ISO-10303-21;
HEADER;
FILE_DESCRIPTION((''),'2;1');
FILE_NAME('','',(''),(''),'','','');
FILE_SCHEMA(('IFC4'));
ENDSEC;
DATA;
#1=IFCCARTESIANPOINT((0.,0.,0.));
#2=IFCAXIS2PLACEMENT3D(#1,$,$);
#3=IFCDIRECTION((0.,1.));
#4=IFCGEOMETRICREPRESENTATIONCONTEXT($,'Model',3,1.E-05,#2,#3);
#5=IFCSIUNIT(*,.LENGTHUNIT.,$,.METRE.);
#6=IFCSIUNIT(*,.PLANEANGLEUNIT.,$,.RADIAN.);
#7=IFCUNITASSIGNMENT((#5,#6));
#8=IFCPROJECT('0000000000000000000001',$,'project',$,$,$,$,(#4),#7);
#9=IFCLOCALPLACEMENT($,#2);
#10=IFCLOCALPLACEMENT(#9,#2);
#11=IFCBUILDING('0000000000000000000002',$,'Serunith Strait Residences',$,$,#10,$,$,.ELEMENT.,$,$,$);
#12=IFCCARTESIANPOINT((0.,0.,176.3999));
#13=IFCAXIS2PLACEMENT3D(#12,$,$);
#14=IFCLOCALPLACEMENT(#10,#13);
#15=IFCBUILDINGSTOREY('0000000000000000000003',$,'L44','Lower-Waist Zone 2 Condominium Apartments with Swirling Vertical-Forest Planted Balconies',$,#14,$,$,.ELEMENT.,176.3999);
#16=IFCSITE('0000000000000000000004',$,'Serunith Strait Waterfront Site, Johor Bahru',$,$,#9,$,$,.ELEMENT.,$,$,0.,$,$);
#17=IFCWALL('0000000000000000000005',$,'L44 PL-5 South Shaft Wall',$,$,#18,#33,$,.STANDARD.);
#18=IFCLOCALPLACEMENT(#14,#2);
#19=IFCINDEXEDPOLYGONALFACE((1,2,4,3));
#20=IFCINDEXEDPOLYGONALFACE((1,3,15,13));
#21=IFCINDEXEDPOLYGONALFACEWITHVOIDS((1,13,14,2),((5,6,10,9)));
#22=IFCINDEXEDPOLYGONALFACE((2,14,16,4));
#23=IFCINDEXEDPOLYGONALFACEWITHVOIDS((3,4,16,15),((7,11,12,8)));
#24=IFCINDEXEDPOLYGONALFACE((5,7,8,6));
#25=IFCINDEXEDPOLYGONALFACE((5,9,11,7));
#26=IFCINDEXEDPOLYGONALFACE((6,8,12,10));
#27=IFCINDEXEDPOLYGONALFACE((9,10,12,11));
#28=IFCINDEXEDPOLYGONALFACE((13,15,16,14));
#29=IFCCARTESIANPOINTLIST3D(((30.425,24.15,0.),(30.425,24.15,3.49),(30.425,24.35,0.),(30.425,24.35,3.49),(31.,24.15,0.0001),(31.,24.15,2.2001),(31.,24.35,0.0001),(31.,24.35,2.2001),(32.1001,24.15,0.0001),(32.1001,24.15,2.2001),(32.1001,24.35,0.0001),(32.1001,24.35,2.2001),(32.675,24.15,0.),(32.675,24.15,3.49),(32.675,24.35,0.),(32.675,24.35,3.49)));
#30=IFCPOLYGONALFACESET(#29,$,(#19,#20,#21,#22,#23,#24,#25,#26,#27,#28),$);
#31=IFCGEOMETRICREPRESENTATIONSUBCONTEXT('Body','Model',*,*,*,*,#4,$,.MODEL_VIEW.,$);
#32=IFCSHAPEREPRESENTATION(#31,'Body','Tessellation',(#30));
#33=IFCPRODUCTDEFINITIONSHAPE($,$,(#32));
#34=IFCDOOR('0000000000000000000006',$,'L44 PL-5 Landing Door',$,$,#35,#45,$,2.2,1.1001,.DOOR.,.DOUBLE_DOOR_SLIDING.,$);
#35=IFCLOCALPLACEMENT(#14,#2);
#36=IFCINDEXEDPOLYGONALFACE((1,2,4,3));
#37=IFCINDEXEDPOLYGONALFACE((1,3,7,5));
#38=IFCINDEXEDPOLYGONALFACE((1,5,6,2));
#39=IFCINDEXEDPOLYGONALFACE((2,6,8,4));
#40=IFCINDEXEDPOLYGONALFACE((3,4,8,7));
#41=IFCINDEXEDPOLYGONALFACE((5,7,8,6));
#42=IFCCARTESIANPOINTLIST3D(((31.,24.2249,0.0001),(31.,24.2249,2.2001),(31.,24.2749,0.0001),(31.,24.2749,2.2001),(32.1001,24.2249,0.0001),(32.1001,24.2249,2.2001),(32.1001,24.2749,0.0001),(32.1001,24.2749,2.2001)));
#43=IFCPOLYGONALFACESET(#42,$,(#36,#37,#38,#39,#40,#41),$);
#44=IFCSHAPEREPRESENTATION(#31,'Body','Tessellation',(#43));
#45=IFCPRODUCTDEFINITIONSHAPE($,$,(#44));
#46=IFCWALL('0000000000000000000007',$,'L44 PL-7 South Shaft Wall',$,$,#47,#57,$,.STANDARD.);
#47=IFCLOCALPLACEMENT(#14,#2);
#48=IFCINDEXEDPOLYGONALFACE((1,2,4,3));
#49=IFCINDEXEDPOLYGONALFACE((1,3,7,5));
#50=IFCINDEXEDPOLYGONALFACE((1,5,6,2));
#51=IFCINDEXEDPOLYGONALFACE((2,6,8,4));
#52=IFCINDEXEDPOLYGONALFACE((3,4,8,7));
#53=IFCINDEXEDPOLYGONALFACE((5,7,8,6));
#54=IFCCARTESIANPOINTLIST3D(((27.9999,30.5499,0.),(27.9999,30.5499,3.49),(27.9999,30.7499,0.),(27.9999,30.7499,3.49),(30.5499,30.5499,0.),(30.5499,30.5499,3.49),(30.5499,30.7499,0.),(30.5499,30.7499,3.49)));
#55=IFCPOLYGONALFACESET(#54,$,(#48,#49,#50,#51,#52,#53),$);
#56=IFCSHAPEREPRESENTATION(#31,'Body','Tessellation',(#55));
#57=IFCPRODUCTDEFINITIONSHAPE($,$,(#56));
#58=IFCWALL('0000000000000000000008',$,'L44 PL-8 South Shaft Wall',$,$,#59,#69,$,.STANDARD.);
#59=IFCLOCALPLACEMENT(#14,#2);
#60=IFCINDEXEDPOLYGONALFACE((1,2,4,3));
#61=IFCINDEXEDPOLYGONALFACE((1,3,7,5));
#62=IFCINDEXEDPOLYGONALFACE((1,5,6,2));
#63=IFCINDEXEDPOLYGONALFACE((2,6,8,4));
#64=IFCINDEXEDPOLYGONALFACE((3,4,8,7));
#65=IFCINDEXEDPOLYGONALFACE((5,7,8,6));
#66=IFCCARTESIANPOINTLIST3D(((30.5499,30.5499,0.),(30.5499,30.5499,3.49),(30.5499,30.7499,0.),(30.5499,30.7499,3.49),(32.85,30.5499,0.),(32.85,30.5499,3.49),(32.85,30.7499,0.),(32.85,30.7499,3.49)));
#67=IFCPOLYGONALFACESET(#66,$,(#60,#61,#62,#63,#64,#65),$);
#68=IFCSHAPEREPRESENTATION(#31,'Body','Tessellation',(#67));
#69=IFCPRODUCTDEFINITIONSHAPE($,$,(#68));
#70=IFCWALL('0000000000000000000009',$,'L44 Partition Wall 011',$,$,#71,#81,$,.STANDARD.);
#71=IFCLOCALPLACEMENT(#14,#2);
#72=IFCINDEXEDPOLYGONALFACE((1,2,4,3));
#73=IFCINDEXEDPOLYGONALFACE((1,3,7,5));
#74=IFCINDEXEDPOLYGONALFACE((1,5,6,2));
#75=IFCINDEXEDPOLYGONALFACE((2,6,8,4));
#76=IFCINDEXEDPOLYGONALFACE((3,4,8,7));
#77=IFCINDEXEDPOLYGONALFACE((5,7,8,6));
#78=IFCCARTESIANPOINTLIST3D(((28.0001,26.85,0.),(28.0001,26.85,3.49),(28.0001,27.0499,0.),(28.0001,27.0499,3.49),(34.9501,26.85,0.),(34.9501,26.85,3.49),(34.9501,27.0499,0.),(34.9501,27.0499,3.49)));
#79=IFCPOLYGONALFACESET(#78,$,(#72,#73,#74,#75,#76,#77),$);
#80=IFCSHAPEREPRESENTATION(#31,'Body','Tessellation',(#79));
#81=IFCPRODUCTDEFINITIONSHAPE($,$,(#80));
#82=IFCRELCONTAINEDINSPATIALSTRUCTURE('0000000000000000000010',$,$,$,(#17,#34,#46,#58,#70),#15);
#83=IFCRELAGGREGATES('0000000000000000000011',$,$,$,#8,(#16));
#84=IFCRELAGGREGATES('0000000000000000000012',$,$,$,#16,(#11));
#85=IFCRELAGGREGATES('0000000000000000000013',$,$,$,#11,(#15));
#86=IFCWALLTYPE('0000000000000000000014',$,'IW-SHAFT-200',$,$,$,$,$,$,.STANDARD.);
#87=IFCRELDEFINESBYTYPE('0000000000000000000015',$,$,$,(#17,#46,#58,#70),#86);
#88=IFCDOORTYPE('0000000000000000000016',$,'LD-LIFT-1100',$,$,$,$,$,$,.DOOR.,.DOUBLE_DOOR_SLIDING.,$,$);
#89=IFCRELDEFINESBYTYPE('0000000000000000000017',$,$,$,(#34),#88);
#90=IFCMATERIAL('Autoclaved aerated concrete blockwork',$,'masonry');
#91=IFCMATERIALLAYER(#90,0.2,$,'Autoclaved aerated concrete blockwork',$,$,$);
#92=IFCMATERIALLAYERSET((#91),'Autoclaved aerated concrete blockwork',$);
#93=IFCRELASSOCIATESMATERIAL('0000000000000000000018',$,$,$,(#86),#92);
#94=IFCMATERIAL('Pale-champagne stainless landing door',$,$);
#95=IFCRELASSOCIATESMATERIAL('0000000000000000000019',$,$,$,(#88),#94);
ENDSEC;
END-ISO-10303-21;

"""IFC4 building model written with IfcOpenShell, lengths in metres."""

from ifc_helpers import new_model, si_unit, direction, frame, frame_2d, origin, place, context, subcontext, project, spatial, rectangle, extrude, source, transform, mapped, material, layer, layer_set, type_object, element, fill, save


model = new_model("IFC4")

# Units and contexts
model_context = context("Model", 3, precision=1e-05, world=origin(), true_north=direction((0.0, 1.0)))
body_context = subcontext(model_context, "Body", "Model", "MODEL_VIEW")
ifc_project = project(units=[si_unit("LENGTHUNIT", "METRE"), si_unit("PLANEANGLEUNIT", "RADIAN")], contexts=[model_context])

# Site, building, storey
site_placement = place(None, origin())
site = spatial("IfcSite", under=ifc_project, at=site_placement, Name="Serunith Strait Waterfront Site, Johor Bahru", CompositionType="ELEMENT", RefElevation=0.0)
building_placement = place(site_placement, origin())
building = spatial("IfcBuilding", under=site, at=building_placement, Name="Serunith Strait Residences", CompositionType="ELEMENT")
storey_placement = place(building_placement, frame((0.0, 0.0, 176.3999)))
storey = spatial("IfcBuildingStorey", under=building, at=storey_placement, Name="L44", Description="Lower-Waist Zone 2 Condominium Apartments with Swirling Vertical-Forest Planted Balconies", CompositionType="ELEMENT", Elevation=176.3999)

# Wall, opening, door
ifc_material_1 = material(Name="Autoclaved aerated concrete blockwork", Category="masonry")
ifc_layer_1 = layer(ifc_material_1, 0.2, Name="Autoclaved aerated concrete blockwork")
ifc_layer_set_1 = layer_set([ifc_layer_1], Name="Autoclaved aerated concrete blockwork")
wall_type_1 = type_object("IfcWallType", Name="IW-SHAFT-200", PredefinedType="STANDARD", material=ifc_layer_set_1)
ifc_material_2 = material(Name="Pale-champagne stainless landing door")
door_type_1 = type_object("IfcDoorType", Name="LD-LIFT-1100", OperationType="DOUBLE_DOOR_SLIDING", PredefinedType="DOOR", material=ifc_material_2)
shared_shape_1 = source(origin(), body_context, "Body", "SweptSolid", [
    extrude(rectangle(XDim=1.1001, YDim=2.2, at=frame_2d((0.55, 1.1001))), frame((0.0, 0.0249, 0.0), z_axis=(0.0, -1.0, 0.0), x_axis=(1.0, 0.0, 0.0)), (0.0, 0.0, 1.0), 0.05),
])
wall_1_placement = place(storey_placement, frame((30.425, 24.25, 0.0), z_axis=(0.0, 0.0, 1.0), x_axis=(1.0, 0.0, 0.0)))
wall_1 = element("IfcWall", 1, at=wall_1_placement, inside=storey, type_object=wall_type_1, Name="L44 PL-5 South Shaft Wall", PredefinedType="STANDARD", context=body_context, shape_type="SweptSolid", body=[
    extrude(rectangle(XDim=2.25, YDim=0.2, at=frame_2d((1.125, 0.0))), origin(), (0.0, 0.0, 1.0), 3.49),
])
opening_1_placement = place(wall_1_placement, frame((0.575, 0.0, 0.0)))
opening_1 = element("IfcOpeningElement", 2, at=opening_1_placement, cuts=wall_1, PredefinedType="OPENING", context=body_context, shape_type="SweptSolid", body=[
    extrude(rectangle(XDim=1.1001, YDim=2.2, at=frame_2d((0.55, 1.1001))), frame((0.0, 0.1099, 0.0), z_axis=(0.0, -1.0, 0.0), x_axis=(1.0, 0.0, 0.0)), (0.0, 0.0, 1.0), 0.22),
])
door_1_placement = place(opening_1_placement, origin())
door_1 = element("IfcDoor", 3, at=door_1_placement, inside=storey, type_object=door_type_1, Name="L44 PL-5 Landing Door", OperationType="DOUBLE_DOOR_SLIDING", OverallHeight=2.2, OverallWidth=1.1001, PredefinedType="DOOR", context=body_context, shape_type="MappedRepresentation", body=[
    mapped(shared_shape_1, transform((0.0, 0.0, 0.0), scale=1.0)),
])
fill(opening_1, door_1)

# Walls
wall_2_placement = place(storey_placement, frame((28.0, 30.6499, 0.0), z_axis=(0.0, 0.0, 1.0), x_axis=(1.0, 0.0, 0.0)))
element("IfcWall", 4, at=wall_2_placement, inside=storey, type_object=wall_type_1, Name="L44 PL-7 South Shaft Wall", PredefinedType="STANDARD", context=body_context, shape_type="SweptSolid", body=[
    extrude(rectangle(XDim=2.55, YDim=0.2, at=frame_2d((1.2749, 0.0))), origin(), (0.0, 0.0, 1.0), 3.49),
])
wall_3_placement = place(storey_placement, frame((30.55, 30.6499, 0.0), z_axis=(0.0, 0.0, 1.0), x_axis=(1.0, 0.0, 0.0)))
element("IfcWall", 5, at=wall_3_placement, inside=storey, type_object=wall_type_1, Name="L44 PL-8 South Shaft Wall", PredefinedType="STANDARD", context=body_context, shape_type="SweptSolid", body=[
    extrude(rectangle(XDim=2.3, YDim=0.2, at=frame_2d((1.1499, 0.0))), origin(), (0.0, 0.0, 1.0), 3.49),
])
wall_4_placement = place(storey_placement, frame((28.0, 26.95, 0.0), z_axis=(0.0, 0.0, 1.0), x_axis=(1.0, 0.0, 0.0)))
element("IfcWall", 6, at=wall_4_placement, inside=storey, type_object=wall_type_1, Name="L44 Partition Wall 011", PredefinedType="STANDARD", context=body_context, shape_type="SweptSolid", body=[
    extrude(rectangle(XDim=6.95, YDim=0.2, at=frame_2d((3.4751, 0.0))), origin(), (0.0, 0.0, 1.0), 3.49),
])

save(model, "model.ifc")
